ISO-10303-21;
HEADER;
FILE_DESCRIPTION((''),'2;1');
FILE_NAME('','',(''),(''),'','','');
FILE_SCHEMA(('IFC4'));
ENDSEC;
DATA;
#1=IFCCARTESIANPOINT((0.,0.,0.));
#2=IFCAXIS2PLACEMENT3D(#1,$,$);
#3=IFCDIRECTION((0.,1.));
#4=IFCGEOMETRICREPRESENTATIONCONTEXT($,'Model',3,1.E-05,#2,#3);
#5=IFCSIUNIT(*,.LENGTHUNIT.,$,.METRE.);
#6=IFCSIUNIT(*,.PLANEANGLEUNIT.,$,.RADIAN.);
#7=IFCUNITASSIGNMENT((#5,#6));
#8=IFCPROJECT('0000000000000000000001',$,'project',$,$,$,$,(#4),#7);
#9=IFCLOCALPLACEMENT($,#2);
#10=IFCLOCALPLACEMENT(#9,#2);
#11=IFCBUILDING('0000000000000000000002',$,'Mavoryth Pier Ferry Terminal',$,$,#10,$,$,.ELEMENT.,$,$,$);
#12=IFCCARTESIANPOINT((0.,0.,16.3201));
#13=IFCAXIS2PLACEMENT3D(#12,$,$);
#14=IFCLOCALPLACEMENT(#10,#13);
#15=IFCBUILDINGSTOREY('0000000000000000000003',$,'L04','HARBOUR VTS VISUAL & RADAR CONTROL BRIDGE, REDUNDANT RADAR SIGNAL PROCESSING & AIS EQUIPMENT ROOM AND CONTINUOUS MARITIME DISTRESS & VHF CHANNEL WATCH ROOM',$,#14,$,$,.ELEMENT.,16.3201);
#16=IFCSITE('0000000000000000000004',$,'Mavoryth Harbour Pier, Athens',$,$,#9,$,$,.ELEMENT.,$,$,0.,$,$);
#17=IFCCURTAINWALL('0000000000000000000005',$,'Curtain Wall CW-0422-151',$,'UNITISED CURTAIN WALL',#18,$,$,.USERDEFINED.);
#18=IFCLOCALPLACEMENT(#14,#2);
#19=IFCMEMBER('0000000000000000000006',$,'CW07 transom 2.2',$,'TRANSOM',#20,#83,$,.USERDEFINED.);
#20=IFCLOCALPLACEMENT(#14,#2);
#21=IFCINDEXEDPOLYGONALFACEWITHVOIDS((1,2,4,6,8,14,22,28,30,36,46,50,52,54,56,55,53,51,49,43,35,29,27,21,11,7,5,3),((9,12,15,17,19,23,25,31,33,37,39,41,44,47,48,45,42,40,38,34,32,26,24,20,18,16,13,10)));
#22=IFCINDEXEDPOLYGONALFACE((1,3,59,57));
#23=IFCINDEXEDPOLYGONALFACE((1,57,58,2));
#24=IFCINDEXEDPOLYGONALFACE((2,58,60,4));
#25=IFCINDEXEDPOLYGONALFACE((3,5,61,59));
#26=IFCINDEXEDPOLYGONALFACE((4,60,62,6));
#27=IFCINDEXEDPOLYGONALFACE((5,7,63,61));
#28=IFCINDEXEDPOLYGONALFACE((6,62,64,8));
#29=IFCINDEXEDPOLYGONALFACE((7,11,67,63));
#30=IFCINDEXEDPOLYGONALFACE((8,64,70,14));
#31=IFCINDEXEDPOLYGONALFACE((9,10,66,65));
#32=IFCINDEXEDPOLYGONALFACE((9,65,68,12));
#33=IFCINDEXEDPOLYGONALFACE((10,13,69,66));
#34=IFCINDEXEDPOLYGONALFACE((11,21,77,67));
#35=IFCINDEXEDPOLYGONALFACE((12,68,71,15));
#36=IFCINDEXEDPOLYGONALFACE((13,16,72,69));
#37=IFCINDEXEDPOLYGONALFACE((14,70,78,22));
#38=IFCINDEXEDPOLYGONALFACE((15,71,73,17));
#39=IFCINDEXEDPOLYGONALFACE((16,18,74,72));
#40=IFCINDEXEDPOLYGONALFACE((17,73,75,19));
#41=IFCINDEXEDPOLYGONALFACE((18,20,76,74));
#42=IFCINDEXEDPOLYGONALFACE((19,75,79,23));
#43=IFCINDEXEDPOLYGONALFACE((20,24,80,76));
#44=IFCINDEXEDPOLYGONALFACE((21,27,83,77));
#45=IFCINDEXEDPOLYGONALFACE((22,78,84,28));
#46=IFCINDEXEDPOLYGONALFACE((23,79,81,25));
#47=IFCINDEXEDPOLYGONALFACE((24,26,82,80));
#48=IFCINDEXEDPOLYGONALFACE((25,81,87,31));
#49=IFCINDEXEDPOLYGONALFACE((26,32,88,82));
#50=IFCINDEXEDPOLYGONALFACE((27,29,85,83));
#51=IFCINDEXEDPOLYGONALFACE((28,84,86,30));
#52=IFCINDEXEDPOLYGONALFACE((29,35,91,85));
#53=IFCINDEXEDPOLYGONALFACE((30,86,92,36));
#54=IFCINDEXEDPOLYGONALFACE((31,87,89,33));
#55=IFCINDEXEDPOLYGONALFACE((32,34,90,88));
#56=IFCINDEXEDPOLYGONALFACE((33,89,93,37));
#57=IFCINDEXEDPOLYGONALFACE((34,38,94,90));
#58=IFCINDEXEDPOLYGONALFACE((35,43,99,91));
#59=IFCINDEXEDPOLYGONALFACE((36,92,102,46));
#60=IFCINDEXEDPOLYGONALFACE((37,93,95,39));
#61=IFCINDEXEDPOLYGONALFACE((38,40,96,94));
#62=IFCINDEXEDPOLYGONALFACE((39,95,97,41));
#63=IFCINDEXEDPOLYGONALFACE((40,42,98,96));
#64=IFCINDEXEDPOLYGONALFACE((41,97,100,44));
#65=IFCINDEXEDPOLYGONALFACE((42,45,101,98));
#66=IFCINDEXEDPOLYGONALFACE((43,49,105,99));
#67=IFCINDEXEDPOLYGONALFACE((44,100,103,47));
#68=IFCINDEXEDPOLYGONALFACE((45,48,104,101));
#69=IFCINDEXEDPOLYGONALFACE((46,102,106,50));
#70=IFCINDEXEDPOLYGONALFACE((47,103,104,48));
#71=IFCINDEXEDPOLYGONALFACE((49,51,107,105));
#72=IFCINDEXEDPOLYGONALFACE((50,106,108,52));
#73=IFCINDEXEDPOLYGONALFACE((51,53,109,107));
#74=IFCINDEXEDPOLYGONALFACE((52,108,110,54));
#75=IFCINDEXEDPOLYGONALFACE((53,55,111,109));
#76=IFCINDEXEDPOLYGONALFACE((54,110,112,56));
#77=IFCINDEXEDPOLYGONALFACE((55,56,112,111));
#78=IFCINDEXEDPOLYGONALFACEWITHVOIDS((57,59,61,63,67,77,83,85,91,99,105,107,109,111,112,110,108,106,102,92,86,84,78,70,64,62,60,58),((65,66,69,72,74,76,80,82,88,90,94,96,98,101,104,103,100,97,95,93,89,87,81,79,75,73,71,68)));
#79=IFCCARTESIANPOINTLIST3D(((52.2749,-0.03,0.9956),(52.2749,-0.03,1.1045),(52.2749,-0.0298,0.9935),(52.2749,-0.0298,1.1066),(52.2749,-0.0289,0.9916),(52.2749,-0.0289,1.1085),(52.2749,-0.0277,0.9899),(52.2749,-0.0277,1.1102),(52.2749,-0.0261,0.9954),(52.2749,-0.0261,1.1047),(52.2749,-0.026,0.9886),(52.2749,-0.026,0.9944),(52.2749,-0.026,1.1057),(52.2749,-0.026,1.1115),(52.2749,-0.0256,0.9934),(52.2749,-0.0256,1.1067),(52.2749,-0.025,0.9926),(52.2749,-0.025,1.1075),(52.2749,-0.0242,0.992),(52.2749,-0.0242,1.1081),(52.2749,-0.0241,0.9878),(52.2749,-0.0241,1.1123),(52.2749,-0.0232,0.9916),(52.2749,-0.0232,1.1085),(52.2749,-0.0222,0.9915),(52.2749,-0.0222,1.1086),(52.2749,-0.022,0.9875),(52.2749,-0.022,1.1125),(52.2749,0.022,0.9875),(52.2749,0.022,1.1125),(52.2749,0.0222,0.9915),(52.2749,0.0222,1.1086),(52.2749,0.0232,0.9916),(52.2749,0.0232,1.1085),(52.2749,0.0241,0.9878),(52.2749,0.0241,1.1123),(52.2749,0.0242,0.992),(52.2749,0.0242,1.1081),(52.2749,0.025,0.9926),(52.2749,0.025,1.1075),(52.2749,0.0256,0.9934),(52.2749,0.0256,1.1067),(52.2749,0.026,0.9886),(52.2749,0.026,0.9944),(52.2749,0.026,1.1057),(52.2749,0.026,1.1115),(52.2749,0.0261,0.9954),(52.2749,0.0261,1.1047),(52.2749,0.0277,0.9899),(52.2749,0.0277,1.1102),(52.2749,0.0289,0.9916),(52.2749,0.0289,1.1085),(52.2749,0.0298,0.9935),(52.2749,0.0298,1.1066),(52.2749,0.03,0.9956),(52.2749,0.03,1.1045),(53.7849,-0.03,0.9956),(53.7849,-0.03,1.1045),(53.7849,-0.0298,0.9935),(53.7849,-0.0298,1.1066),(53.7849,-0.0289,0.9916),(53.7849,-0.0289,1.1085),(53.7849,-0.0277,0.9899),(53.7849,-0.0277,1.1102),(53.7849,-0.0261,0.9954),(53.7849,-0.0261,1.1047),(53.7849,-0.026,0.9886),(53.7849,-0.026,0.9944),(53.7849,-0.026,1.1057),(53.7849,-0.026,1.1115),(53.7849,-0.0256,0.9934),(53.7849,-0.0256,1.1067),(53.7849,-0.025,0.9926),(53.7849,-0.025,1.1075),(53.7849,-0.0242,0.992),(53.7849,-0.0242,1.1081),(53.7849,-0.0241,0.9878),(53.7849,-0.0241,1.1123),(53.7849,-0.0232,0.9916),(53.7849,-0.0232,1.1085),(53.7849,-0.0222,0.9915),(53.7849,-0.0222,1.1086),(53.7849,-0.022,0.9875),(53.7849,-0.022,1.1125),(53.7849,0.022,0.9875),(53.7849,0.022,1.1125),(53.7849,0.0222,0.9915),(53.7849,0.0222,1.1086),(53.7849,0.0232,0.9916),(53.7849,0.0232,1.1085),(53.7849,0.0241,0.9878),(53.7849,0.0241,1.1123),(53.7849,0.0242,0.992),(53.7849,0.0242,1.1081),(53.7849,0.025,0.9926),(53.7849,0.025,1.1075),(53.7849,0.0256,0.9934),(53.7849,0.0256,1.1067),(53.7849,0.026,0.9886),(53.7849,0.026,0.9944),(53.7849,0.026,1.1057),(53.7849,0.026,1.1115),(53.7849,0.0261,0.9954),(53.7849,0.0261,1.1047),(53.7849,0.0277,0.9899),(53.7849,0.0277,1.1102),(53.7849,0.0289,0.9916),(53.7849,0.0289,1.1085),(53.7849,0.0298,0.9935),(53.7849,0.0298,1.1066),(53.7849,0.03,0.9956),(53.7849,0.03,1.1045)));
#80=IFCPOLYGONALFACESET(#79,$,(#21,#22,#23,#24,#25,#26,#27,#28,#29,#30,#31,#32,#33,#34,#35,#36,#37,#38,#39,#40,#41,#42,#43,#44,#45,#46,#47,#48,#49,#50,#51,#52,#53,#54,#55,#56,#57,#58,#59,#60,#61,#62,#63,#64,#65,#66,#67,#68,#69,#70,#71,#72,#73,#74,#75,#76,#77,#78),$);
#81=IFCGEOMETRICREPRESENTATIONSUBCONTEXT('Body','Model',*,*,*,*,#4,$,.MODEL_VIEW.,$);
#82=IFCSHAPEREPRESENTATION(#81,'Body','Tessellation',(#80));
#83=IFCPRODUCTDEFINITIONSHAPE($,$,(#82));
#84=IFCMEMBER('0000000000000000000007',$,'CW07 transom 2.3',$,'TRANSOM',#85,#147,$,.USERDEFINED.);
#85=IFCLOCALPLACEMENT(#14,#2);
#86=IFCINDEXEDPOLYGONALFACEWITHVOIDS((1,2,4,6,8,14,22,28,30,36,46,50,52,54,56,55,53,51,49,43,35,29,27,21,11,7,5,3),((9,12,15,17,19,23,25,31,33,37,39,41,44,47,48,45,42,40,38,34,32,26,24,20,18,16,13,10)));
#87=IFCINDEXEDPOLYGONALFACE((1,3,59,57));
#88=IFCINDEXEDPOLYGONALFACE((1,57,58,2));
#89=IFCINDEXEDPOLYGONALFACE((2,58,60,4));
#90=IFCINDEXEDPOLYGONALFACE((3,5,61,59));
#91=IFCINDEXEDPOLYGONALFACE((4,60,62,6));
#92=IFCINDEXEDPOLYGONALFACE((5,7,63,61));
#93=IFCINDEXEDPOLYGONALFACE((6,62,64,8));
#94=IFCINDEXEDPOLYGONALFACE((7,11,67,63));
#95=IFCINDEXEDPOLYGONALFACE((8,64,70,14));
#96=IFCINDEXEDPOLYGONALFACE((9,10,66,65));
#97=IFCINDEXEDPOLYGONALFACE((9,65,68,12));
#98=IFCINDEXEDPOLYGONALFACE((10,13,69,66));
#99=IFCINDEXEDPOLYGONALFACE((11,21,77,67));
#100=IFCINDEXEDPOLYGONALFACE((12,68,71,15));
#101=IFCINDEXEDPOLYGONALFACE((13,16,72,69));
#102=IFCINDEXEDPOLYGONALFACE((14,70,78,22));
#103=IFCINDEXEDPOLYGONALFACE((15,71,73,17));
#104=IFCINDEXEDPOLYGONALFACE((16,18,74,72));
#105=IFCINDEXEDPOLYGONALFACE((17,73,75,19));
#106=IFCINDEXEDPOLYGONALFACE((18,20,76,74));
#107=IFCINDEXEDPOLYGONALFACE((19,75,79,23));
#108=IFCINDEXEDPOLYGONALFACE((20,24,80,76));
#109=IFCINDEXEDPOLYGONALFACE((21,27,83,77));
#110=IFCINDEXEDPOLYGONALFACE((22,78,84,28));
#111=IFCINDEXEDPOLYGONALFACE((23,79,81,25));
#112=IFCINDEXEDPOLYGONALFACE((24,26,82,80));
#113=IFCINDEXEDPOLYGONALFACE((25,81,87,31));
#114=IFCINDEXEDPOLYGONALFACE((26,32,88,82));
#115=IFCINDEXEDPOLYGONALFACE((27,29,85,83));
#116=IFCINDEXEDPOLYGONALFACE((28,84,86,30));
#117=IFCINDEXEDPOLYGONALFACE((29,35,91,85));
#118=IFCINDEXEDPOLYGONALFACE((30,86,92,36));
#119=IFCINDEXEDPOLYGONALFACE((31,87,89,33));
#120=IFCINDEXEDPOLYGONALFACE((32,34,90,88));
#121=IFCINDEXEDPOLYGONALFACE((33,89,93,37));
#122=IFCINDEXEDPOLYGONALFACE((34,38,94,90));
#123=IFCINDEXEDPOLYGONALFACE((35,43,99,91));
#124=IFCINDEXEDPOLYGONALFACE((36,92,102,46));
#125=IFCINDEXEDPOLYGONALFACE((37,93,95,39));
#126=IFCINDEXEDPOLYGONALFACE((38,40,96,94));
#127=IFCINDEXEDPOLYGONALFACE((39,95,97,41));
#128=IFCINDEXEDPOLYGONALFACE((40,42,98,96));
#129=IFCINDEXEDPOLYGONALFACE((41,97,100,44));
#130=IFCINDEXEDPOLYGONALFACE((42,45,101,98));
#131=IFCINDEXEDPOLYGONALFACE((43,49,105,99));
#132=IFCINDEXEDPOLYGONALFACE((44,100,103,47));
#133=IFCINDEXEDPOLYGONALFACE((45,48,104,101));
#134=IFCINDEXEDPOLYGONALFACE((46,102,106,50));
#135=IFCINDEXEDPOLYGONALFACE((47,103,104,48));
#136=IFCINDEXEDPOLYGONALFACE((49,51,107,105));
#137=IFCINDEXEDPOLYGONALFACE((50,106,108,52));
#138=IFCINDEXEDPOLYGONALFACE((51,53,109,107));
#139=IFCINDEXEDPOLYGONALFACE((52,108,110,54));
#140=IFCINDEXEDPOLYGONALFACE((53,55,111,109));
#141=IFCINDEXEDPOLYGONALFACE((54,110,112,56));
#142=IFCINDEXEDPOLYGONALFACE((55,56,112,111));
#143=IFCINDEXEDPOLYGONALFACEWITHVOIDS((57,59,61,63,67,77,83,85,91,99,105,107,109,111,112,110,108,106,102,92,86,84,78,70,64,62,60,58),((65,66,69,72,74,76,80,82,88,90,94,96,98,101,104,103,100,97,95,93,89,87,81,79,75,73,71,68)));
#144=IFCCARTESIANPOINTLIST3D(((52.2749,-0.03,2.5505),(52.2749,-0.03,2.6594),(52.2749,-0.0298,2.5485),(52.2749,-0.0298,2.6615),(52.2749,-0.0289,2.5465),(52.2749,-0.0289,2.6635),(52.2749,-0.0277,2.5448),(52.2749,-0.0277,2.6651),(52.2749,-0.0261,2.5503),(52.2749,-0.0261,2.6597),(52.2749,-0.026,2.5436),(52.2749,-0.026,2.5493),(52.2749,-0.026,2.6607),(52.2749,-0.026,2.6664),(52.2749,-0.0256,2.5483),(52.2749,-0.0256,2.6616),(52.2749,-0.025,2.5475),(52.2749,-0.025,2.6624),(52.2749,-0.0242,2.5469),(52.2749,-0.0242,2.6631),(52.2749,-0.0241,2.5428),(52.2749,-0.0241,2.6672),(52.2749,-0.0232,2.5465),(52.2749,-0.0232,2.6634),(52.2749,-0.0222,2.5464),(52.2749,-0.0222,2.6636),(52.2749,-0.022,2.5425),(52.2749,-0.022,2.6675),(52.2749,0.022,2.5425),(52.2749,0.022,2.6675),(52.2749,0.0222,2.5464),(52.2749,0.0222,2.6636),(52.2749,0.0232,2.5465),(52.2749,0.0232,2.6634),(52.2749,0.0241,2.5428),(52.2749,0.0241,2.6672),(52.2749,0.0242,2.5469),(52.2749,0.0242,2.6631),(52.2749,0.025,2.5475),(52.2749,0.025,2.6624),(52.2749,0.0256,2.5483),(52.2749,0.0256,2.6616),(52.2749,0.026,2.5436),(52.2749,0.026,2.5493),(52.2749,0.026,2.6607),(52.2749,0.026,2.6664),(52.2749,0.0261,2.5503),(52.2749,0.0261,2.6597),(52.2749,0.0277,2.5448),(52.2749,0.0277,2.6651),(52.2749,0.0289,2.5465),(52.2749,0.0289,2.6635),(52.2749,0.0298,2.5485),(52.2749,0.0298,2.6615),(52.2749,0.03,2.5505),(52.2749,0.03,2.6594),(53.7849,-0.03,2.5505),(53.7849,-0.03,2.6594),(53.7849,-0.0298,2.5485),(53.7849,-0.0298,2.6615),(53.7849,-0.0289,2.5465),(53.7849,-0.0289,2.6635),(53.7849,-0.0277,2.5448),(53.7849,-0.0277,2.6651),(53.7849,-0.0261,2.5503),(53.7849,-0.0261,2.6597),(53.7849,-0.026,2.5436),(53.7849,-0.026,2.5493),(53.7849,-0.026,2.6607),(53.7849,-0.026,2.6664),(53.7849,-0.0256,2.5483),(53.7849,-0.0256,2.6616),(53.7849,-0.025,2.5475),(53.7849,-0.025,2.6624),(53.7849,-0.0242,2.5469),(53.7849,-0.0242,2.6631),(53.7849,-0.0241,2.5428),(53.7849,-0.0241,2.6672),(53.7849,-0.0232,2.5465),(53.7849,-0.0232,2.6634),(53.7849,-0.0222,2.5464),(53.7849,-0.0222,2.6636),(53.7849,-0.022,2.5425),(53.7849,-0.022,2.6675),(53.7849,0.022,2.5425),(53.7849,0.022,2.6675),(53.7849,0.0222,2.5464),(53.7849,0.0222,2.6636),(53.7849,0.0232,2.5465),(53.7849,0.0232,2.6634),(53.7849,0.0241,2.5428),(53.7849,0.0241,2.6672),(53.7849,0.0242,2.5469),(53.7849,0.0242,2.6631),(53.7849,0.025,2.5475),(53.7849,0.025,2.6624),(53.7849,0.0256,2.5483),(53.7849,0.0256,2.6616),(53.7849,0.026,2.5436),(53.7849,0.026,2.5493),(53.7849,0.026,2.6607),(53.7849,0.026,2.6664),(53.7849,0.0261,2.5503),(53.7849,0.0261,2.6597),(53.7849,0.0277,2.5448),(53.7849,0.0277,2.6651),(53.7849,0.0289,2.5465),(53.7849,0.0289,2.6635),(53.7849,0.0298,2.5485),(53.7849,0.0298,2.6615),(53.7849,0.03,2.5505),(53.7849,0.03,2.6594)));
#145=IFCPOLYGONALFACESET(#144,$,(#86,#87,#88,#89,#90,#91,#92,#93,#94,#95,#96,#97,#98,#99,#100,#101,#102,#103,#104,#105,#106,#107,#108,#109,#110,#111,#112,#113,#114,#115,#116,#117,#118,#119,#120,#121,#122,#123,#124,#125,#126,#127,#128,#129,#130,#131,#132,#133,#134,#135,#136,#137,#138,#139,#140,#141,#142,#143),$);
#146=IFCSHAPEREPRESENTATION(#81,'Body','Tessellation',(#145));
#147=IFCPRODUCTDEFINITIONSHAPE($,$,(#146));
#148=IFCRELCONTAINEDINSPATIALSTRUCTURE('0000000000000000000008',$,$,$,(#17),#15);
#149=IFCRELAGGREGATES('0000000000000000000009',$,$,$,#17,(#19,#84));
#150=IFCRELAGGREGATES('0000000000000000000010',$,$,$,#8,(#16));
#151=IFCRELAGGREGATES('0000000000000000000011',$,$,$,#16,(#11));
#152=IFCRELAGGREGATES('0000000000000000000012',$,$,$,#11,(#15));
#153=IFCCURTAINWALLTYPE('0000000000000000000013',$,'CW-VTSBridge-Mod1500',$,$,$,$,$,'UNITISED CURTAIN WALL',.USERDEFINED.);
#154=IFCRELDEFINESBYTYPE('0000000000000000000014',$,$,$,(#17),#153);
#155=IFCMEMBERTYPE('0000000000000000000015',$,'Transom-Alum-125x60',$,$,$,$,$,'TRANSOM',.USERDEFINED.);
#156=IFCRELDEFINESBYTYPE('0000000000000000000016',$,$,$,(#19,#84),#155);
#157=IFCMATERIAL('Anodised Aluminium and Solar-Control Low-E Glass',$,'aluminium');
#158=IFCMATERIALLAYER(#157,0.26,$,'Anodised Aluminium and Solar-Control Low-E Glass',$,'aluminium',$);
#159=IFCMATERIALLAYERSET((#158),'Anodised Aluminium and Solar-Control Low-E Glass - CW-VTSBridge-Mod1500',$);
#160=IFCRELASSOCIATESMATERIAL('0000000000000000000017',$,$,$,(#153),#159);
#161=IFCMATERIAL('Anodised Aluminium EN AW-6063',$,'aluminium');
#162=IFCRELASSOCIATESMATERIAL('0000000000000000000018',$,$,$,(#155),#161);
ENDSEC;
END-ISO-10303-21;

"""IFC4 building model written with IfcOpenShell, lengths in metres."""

from ifc_helpers import new_model, si_unit, direction, frame, origin, origin_2d, place, context, subcontext, project, spatial, hollow_rectangle, extrude, material, layer, layer_set, material_profile, profile_set, type_object, element, aggregate, save


model = new_model("IFC4")

# Units and contexts
model_context = context("Model", 3, precision=1e-05, world=origin(), true_north=direction((0.0, 1.0)))
body_context = subcontext(model_context, "Body", "Model", "MODEL_VIEW")
ifc_project = project(units=[si_unit("LENGTHUNIT", "METRE"), si_unit("PLANEANGLEUNIT", "RADIAN")], contexts=[model_context])

# Site, building, storey
site_placement = place(None, origin())
site = spatial("IfcSite", under=ifc_project, at=site_placement, Name="Mavoryth Harbour Pier, Athens", CompositionType="ELEMENT", RefElevation=0.0)
building_placement = place(site_placement, origin())
building = spatial("IfcBuilding", under=site, at=building_placement, Name="Mavoryth Pier Ferry Terminal", CompositionType="ELEMENT")
storey_placement = place(building_placement, frame((0.0, 0.0, 16.3201)))
storey = spatial("IfcBuildingStorey", under=building, at=storey_placement, Name="L04", Description="HARBOUR VTS VISUAL & RADAR CONTROL BRIDGE, REDUNDANT RADAR SIGNAL PROCESSING & AIS EQUIPMENT ROOM AND CONTINUOUS MARITIME DISTRESS & VHF CHANNEL WATCH ROOM", CompositionType="ELEMENT", Elevation=16.3201)

# Curtain wall
ifc_material_1 = material(Name="Anodised Aluminium and Solar-Control Low-E Glass", Category="aluminium")
ifc_layer_1 = layer(ifc_material_1, 0.26, Name="Anodised Aluminium and Solar-Control Low-E Glass", Category="aluminium")
ifc_layer_set_1 = layer_set([ifc_layer_1], Name="Anodised Aluminium and Solar-Control Low-E Glass - CW-VTSBridge-Mod1500")
curtain_wall_type = type_object("IfcCurtainWallType", Name="CW-VTSBridge-Mod1500", ElementType="UNITISED CURTAIN WALL", PredefinedType="USERDEFINED", material=ifc_layer_set_1)
curtain_wall_placement = place(storey_placement, origin())
curtain_wall = element("IfcCurtainWall", 1, at=curtain_wall_placement, inside=storey, type_object=curtain_wall_type, Name="Curtain Wall CW-0422-151", ObjectType="UNITISED CURTAIN WALL", PredefinedType="USERDEFINED")
ifc_material_2 = material(Name="Anodised Aluminium EN AW-6063", Category="aluminium")

# Members
ifc_material_profile_1 = material_profile(ifc_material_2, hollow_rectangle(XDim=0.0601, YDim=0.125, WallThickness=0.0039, InnerFilletRadius=0.0039, OuterFilletRadius=0.0081, at=origin_2d()), Name="AL-TRAN 125x60x4", Category="aluminium")
ifc_profile_set_1 = profile_set([ifc_material_profile_1], Name="Anodised Aluminium EN AW-6063 - AL-TRAN 125x60x4")
member_type_1 = type_object("IfcMemberType", Name="Transom-Alum-125x60", ElementType="TRANSOM", PredefinedType="USERDEFINED", material=ifc_profile_set_1)
member_1_placement = place(storey_placement, frame((52.2749, 0.0, 1.05), z_axis=(1.0, 0.0, 0.0), x_axis=(0.0, 1.0, 0.0)))
member_1 = element("IfcMember", 2, at=member_1_placement, type_object=member_type_1, Name="CW07 transom 2.2", ObjectType="TRANSOM", PredefinedType="USERDEFINED", context=body_context, shape_type="SweptSolid", body=[
    extrude(hollow_rectangle(XDim=0.0601, YDim=0.125, WallThickness=0.0039, InnerFilletRadius=0.0039, OuterFilletRadius=0.0081, at=origin_2d()), origin(), (0.0, 0.0, 1.0), 1.51),
])
member_2_placement = place(storey_placement, frame((52.2749, 0.0, 2.605), z_axis=(1.0, 0.0, 0.0), x_axis=(0.0, 1.0, 0.0)))
member_2 = element("IfcMember", 3, at=member_2_placement, type_object=member_type_1, Name="CW07 transom 2.3", ObjectType="TRANSOM", PredefinedType="USERDEFINED", context=body_context, shape_type="SweptSolid", body=[
    extrude(hollow_rectangle(XDim=0.0601, YDim=0.125, WallThickness=0.0039, InnerFilletRadius=0.0039, OuterFilletRadius=0.0081, at=origin_2d()), origin(), (0.0, 0.0, 1.0), 1.51),
])

aggregate(curtain_wall, [member_1, member_2])

save(model, "model.ifc")
